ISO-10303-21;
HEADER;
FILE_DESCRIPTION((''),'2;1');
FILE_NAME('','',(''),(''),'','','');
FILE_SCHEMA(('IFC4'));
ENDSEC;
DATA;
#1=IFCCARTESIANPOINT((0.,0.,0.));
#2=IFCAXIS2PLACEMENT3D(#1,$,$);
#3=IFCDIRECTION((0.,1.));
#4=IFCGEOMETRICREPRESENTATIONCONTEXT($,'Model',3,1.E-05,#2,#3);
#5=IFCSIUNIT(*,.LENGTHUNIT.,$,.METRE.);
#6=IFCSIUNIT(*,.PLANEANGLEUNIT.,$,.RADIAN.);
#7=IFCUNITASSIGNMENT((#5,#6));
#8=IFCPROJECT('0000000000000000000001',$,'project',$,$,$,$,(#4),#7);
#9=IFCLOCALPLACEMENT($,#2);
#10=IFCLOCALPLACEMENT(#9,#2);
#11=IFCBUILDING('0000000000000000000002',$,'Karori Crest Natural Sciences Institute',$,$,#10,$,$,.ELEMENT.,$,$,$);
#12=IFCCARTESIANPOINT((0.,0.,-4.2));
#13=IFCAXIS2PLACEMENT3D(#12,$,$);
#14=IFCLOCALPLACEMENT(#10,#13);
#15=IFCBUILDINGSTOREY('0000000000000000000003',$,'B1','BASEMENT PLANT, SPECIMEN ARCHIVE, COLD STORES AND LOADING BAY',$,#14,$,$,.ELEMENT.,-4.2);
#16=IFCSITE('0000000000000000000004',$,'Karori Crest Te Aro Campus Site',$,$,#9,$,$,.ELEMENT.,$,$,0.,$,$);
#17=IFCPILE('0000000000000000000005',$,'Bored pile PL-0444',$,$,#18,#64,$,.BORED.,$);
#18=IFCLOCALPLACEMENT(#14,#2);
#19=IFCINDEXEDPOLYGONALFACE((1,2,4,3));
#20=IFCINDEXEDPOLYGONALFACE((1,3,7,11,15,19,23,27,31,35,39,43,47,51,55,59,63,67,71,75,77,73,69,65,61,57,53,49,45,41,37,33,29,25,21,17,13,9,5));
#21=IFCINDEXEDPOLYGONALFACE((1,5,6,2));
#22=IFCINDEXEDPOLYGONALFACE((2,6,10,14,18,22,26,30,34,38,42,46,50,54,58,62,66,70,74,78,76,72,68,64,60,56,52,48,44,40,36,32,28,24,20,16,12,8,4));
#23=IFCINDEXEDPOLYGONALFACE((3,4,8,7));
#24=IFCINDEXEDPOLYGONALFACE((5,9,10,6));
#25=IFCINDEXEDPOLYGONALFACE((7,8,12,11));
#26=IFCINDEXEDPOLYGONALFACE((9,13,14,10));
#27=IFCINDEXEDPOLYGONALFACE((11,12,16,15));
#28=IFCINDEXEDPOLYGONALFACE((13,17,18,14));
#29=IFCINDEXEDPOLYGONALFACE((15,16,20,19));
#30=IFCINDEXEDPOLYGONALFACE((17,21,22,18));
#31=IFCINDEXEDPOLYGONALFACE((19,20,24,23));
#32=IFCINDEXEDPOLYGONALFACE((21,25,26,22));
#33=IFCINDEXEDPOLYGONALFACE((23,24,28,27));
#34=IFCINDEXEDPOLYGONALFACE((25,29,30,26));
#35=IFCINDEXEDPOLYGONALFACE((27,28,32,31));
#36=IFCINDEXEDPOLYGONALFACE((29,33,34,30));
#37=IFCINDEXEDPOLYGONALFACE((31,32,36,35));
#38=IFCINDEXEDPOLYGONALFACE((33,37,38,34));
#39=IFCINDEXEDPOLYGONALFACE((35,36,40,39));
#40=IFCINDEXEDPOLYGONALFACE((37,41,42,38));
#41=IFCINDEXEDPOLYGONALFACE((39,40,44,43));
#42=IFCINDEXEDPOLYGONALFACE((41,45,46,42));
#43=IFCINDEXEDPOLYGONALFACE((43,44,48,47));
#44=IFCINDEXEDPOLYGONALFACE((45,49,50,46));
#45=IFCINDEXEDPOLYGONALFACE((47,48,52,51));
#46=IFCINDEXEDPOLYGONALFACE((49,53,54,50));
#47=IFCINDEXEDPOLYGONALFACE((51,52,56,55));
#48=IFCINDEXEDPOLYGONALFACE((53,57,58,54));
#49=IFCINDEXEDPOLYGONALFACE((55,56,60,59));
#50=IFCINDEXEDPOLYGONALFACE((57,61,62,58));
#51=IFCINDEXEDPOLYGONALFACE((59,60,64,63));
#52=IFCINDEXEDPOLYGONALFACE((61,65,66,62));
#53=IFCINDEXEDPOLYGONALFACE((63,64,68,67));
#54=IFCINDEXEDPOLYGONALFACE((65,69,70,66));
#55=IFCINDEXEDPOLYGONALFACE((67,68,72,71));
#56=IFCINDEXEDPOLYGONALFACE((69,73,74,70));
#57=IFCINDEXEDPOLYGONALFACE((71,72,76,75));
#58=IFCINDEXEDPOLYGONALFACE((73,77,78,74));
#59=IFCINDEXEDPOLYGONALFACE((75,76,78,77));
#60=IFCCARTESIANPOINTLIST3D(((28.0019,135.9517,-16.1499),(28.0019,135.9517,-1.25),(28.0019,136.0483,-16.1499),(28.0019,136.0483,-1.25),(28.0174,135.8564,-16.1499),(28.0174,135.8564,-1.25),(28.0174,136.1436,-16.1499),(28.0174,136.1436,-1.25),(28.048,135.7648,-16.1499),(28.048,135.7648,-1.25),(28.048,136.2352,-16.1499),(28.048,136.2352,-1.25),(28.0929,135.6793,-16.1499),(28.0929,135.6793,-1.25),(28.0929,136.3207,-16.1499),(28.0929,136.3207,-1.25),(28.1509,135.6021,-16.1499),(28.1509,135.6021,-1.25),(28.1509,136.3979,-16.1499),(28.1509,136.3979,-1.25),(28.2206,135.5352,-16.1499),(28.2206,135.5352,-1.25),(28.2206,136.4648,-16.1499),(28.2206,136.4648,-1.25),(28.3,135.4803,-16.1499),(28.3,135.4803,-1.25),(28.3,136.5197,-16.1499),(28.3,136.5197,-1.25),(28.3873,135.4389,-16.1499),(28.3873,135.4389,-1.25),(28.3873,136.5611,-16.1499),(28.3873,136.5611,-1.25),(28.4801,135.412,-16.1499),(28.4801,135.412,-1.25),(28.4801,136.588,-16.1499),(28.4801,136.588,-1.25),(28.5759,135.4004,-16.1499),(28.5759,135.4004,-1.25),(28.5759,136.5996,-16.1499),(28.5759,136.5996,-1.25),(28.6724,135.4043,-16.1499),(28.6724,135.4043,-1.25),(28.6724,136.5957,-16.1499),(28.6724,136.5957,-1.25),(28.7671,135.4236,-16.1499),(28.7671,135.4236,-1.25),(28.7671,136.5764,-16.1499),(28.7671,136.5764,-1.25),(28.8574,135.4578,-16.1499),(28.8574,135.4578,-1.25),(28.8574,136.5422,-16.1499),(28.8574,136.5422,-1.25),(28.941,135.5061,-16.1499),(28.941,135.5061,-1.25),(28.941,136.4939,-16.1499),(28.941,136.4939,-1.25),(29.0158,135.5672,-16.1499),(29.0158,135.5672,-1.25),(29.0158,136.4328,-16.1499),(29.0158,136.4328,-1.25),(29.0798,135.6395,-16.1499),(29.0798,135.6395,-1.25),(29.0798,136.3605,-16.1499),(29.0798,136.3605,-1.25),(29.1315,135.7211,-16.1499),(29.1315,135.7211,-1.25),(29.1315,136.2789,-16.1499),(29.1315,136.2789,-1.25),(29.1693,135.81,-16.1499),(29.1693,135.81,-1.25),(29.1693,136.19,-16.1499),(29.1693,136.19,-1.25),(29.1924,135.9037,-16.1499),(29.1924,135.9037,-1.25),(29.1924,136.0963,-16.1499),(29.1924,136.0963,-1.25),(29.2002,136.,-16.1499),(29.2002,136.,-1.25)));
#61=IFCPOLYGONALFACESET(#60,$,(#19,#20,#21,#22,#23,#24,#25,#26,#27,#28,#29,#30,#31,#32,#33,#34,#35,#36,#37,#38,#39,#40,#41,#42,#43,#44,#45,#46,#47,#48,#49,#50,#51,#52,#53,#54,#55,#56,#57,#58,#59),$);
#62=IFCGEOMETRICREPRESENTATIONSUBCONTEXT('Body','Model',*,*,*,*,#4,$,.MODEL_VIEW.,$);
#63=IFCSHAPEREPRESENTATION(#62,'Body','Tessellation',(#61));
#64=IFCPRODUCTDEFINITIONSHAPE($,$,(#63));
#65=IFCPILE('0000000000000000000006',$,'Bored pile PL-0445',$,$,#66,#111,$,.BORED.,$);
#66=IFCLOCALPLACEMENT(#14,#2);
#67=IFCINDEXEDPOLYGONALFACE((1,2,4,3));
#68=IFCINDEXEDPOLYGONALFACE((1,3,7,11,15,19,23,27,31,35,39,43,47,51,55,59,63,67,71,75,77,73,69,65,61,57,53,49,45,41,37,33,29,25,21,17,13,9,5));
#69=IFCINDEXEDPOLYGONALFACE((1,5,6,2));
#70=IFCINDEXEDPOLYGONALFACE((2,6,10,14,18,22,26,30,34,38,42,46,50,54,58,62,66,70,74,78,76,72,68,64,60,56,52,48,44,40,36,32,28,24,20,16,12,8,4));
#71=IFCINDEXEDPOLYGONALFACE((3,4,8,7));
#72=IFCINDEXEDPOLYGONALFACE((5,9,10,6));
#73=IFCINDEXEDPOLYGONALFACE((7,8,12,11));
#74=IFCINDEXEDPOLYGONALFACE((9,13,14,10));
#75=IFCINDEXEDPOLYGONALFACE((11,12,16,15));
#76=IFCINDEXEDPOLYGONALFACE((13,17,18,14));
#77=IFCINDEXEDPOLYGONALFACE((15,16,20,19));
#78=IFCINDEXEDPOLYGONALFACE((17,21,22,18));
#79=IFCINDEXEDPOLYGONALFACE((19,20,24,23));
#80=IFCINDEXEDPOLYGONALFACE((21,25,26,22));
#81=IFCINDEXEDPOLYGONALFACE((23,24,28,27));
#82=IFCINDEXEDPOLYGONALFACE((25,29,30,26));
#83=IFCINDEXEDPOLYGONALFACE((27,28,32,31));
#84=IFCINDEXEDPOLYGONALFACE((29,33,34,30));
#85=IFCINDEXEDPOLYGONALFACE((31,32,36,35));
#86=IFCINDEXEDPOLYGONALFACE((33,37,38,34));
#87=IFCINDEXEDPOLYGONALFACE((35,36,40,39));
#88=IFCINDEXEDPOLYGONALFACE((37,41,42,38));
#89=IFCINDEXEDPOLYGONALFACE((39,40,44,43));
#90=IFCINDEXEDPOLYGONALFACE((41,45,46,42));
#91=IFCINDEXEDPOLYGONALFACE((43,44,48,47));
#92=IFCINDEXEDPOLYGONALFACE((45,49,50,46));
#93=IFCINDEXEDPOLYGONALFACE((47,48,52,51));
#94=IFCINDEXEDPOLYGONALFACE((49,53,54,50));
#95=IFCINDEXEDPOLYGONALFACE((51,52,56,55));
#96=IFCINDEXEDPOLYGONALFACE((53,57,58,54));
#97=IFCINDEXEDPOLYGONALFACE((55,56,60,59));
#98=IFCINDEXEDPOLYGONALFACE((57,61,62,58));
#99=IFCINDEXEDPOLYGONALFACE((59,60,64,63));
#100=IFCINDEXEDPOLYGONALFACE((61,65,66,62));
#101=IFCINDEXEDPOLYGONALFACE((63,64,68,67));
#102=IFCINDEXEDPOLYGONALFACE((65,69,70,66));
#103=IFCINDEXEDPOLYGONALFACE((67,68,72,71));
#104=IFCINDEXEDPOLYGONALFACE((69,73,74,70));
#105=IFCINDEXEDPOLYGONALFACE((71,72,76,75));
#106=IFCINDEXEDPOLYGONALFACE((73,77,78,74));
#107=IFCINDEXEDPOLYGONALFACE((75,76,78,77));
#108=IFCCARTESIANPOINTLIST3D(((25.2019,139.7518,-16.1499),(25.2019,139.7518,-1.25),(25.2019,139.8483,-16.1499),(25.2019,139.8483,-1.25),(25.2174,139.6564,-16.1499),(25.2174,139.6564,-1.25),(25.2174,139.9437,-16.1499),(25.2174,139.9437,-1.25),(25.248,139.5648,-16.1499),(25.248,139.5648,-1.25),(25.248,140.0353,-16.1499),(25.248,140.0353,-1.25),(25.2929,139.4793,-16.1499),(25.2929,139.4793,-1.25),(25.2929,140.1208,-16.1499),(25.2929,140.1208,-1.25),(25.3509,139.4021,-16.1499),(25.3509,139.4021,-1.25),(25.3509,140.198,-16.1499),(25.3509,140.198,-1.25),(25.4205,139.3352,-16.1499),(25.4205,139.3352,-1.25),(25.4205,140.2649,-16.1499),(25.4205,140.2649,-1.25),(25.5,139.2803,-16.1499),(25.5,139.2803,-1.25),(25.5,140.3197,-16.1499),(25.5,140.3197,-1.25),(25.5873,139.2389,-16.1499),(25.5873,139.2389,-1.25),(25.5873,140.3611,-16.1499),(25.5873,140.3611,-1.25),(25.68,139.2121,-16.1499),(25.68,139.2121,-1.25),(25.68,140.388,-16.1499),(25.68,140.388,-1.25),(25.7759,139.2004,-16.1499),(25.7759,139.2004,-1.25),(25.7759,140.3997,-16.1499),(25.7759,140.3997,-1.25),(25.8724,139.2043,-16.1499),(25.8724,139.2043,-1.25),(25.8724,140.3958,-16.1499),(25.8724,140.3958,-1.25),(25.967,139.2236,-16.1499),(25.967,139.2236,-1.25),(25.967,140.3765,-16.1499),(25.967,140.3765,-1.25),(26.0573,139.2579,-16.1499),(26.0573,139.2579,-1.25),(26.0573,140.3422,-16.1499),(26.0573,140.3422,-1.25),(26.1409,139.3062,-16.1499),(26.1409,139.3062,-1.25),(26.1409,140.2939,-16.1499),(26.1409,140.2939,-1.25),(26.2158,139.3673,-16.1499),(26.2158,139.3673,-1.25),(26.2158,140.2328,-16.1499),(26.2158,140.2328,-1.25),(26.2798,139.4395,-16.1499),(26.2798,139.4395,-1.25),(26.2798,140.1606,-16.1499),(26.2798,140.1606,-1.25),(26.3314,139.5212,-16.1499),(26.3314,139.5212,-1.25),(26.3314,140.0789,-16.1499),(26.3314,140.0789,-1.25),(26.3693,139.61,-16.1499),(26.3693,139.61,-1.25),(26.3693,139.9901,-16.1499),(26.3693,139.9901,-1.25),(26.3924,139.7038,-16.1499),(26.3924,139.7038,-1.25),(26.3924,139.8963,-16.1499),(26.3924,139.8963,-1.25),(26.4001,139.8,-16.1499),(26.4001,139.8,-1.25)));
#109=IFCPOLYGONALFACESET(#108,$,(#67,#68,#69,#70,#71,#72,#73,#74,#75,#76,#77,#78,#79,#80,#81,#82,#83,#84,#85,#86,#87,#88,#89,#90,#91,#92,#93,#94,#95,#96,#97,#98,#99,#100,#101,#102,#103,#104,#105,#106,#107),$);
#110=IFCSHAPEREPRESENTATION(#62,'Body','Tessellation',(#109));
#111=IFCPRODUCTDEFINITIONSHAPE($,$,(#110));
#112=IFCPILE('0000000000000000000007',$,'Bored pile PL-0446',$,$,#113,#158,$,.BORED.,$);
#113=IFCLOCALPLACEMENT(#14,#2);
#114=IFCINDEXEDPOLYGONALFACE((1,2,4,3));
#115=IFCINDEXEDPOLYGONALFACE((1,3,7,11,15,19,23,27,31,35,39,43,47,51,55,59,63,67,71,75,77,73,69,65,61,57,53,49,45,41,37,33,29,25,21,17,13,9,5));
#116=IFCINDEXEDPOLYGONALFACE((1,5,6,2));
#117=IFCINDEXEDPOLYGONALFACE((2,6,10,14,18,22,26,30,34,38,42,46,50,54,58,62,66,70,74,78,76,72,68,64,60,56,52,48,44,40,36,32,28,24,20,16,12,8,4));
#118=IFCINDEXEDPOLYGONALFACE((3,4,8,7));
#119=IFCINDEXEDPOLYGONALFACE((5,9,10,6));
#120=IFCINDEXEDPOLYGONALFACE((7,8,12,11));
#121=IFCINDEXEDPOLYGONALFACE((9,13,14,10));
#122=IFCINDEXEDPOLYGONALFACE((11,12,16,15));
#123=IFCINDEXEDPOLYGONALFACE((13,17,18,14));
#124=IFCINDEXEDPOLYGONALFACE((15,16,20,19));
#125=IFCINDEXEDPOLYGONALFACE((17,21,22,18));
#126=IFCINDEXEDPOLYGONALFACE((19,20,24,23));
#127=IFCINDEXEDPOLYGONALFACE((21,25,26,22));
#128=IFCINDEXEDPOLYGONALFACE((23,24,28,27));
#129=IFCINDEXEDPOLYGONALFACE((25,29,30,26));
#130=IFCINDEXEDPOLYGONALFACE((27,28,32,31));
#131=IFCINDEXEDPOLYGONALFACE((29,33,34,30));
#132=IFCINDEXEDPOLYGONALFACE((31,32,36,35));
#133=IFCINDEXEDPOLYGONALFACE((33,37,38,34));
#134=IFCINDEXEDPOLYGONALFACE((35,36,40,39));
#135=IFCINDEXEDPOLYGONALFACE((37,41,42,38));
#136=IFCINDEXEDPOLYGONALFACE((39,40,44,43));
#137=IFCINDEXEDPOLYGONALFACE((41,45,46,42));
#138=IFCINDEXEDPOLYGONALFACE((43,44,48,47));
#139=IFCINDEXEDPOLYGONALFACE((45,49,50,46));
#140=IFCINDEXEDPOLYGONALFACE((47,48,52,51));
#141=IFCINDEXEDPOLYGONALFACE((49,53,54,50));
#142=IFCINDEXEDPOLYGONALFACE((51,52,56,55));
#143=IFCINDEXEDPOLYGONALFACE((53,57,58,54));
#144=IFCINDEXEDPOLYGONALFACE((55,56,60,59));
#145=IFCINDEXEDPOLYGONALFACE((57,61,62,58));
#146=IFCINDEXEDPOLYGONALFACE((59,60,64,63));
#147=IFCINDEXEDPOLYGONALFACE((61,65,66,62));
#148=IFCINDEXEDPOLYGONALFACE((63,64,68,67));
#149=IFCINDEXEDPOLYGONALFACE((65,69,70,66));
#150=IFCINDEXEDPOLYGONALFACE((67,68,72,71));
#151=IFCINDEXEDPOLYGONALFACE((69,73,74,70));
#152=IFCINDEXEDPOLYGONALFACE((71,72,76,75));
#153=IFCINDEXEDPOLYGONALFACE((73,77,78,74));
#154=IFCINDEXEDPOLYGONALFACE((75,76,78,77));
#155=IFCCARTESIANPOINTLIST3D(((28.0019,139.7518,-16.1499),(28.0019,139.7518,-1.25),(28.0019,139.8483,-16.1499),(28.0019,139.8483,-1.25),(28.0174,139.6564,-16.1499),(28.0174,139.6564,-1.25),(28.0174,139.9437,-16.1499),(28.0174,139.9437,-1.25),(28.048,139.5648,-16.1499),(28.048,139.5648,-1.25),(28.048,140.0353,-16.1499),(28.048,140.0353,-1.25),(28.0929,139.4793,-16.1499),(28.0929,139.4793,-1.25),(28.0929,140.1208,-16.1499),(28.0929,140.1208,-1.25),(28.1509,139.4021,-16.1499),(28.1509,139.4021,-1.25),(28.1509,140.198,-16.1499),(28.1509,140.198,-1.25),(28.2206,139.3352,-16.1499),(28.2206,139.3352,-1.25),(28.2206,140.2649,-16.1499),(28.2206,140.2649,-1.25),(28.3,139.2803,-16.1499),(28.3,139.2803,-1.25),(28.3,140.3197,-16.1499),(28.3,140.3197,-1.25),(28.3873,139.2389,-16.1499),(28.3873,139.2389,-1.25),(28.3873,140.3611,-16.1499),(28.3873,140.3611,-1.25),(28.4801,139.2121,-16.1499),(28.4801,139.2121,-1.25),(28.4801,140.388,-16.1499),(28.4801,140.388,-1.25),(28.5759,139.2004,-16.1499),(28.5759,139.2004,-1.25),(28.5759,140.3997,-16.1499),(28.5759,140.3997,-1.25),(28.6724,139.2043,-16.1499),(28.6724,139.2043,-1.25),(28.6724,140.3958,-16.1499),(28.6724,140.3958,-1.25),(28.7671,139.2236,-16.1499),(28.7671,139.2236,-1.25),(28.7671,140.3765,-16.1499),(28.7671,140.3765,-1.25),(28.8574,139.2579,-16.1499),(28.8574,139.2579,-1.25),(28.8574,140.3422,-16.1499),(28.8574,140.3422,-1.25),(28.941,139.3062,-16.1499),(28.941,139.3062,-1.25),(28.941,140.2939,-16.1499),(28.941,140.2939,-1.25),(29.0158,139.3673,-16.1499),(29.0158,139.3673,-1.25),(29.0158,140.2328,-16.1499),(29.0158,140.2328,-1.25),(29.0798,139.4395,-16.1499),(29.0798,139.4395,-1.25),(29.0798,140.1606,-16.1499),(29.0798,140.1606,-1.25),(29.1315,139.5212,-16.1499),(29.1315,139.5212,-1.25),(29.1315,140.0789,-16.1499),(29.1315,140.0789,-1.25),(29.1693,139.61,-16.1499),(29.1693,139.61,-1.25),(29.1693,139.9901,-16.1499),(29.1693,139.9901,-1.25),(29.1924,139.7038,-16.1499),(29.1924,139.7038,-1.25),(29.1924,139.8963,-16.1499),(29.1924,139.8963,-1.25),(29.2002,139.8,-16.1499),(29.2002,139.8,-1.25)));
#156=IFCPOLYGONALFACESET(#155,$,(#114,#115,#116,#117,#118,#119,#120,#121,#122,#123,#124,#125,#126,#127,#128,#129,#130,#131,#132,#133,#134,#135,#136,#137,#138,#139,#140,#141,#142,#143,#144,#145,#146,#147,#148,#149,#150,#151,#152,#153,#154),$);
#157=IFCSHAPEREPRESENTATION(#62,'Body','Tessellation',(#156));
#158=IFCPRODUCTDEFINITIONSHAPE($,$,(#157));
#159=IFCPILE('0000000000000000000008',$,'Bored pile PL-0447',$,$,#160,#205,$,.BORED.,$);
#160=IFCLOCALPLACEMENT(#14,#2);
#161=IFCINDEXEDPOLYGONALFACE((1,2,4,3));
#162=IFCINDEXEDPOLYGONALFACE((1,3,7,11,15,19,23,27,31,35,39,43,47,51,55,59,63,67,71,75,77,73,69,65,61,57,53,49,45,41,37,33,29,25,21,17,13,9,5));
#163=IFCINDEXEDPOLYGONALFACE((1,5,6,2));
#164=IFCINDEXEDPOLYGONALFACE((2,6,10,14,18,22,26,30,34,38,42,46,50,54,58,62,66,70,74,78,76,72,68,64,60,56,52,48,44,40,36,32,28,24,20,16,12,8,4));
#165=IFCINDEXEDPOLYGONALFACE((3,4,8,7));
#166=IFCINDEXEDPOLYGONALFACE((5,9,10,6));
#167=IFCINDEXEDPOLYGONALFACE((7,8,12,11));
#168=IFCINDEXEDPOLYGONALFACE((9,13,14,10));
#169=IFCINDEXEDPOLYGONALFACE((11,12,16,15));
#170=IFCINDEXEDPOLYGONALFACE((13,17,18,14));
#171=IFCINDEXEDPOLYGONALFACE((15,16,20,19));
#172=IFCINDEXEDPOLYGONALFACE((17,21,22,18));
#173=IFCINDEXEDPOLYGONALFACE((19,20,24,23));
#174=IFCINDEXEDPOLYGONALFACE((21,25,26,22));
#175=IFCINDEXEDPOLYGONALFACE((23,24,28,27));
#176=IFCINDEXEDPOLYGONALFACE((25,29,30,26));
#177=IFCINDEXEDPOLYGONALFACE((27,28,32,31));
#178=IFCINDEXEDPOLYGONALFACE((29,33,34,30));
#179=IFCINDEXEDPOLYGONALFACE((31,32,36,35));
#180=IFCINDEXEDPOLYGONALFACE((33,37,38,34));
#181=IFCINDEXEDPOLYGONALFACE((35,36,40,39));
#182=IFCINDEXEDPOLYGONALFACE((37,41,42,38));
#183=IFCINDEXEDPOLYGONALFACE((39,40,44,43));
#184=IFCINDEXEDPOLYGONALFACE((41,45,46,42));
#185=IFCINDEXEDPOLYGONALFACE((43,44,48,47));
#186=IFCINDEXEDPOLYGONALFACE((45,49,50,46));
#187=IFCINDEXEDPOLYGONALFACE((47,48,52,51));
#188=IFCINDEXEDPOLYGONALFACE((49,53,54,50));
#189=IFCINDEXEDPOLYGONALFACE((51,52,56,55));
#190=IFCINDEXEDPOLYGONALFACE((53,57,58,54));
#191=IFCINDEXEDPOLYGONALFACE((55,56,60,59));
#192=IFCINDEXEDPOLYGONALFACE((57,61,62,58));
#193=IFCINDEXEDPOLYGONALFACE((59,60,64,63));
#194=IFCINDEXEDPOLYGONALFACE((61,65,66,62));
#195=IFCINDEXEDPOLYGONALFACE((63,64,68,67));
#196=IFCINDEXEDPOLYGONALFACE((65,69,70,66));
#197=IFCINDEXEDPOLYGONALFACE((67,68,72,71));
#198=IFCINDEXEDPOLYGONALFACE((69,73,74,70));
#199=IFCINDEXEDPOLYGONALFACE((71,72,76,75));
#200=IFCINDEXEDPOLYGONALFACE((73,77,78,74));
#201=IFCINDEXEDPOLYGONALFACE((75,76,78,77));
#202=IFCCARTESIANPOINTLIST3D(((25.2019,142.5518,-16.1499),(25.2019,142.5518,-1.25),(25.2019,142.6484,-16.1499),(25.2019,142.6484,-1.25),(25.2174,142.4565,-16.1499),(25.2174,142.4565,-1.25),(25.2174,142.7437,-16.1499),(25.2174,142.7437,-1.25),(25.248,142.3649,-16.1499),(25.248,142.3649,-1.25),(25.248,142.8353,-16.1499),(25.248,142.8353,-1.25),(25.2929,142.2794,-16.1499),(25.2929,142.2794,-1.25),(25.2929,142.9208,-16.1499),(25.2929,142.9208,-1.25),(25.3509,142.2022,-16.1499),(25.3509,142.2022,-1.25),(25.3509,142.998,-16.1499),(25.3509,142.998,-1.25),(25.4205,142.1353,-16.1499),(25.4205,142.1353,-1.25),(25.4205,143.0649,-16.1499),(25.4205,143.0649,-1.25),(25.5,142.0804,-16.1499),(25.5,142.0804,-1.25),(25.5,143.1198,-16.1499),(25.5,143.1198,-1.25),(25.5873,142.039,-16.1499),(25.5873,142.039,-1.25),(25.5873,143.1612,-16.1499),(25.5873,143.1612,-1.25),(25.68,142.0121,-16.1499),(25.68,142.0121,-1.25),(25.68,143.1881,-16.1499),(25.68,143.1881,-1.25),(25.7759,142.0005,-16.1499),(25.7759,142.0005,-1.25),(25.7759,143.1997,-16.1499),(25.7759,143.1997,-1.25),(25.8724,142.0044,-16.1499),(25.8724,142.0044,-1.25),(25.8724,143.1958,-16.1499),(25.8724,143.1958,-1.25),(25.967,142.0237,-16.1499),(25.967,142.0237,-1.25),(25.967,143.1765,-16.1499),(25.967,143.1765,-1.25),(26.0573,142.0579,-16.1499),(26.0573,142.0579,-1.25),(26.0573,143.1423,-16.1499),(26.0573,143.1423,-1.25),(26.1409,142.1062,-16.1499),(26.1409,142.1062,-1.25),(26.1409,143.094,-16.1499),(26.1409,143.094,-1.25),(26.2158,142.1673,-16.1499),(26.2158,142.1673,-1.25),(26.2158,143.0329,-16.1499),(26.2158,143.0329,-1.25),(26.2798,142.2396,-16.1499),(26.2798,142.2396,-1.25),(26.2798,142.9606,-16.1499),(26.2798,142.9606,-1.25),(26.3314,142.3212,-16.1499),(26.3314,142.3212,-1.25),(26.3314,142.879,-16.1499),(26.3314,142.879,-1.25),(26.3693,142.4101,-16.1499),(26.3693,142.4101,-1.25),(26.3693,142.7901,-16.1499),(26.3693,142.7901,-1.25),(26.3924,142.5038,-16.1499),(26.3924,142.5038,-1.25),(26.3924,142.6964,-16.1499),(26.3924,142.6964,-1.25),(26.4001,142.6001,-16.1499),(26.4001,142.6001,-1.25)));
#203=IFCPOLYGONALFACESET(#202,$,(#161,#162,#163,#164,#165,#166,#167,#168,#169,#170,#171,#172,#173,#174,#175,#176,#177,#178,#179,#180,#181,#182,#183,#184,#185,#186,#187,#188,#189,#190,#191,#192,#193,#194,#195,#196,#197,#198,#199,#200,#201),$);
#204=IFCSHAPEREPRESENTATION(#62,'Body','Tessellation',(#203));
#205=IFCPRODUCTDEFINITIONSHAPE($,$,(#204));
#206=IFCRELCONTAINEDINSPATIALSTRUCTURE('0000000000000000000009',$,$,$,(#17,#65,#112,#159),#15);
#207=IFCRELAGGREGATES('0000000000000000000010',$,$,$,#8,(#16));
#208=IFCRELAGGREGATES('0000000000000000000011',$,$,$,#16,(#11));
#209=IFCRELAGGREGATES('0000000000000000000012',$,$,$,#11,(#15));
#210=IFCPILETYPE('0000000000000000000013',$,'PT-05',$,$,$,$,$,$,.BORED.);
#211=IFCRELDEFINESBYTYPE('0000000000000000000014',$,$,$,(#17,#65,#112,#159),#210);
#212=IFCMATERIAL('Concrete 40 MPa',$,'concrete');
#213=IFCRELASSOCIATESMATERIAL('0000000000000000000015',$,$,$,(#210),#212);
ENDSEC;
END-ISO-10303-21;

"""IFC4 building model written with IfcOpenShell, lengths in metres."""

from ifc_helpers import new_model, si_unit, direction, frame, origin, origin_2d, place, context, subcontext, project, spatial, circle, extrude, material, material_profile, profile_set, type_object, element, save


model = new_model("IFC4")

# Units and contexts
model_context = context("Model", 3, precision=1e-05, world=origin(), true_north=direction((0.0, 1.0)))
body_context = subcontext(model_context, "Body", "Model", "MODEL_VIEW")
ifc_project = project(units=[si_unit("LENGTHUNIT", "METRE"), si_unit("PLANEANGLEUNIT", "RADIAN")], contexts=[model_context])

# Site, building, storey
site_placement = place(None, origin())
site = spatial("IfcSite", under=ifc_project, at=site_placement, Name="Karori Crest Te Aro Campus Site", CompositionType="ELEMENT", RefElevation=0.0)
building_placement = place(site_placement, origin())
building = spatial("IfcBuilding", under=site, at=building_placement, Name="Karori Crest Natural Sciences Institute", CompositionType="ELEMENT")
storey_placement = place(building_placement, frame((0.0, 0.0, -4.2)))
storey = spatial("IfcBuildingStorey", under=building, at=storey_placement, Name="B1", Description="BASEMENT PLANT, SPECIMEN ARCHIVE, COLD STORES AND LOADING BAY", CompositionType="ELEMENT", Elevation=-4.2)

# Shared definitions
ifc_material_1 = material(Name="Concrete 40 MPa", Category="concrete")

# Piles
ifc_material_profile_1 = material_profile(ifc_material_1, circle(Radius=0.6001, at=origin_2d()), Name="PILE1200")
ifc_profile_set_1 = profile_set([ifc_material_profile_1], Name="Concrete 40 MPa")
pile_type = type_object("IfcPileType", Name="PT-05", PredefinedType="BORED", material=ifc_profile_set_1)
for number, where, z_axis, x_axis, name in (
    (1, (28.6001, 136.0, -1.25), (0.0, 0.0, -1.0), (1.0, 0.0, 0.0), "Bored pile PL-0444"),
    (2, (25.8, 139.8, -1.25), (0.0, 0.0, -1.0), (1.0, 0.0, 0.0), "Bored pile PL-0445"),
    (3, (28.6001, 139.8, -1.25), (0.0, 0.0, -1.0), (1.0, 0.0, 0.0), "Bored pile PL-0446"),
    (4, (25.8, 142.6001, -1.25), (0.0, 0.0, -1.0), (1.0, 0.0, 0.0), "Bored pile PL-0447"),
):
    element("IfcPile", number, at=place(storey_placement, frame(where, z_axis=z_axis, x_axis=x_axis)), inside=storey, type_object=pile_type, Name=name, PredefinedType="BORED", context=body_context, shape_type="SweptSolid", body=[
        extrude(circle(Radius=0.6001, at=origin_2d()), origin(), (0.0, 0.0, 1.0), 14.8999),
    ])

save(model, "model.ifc")
